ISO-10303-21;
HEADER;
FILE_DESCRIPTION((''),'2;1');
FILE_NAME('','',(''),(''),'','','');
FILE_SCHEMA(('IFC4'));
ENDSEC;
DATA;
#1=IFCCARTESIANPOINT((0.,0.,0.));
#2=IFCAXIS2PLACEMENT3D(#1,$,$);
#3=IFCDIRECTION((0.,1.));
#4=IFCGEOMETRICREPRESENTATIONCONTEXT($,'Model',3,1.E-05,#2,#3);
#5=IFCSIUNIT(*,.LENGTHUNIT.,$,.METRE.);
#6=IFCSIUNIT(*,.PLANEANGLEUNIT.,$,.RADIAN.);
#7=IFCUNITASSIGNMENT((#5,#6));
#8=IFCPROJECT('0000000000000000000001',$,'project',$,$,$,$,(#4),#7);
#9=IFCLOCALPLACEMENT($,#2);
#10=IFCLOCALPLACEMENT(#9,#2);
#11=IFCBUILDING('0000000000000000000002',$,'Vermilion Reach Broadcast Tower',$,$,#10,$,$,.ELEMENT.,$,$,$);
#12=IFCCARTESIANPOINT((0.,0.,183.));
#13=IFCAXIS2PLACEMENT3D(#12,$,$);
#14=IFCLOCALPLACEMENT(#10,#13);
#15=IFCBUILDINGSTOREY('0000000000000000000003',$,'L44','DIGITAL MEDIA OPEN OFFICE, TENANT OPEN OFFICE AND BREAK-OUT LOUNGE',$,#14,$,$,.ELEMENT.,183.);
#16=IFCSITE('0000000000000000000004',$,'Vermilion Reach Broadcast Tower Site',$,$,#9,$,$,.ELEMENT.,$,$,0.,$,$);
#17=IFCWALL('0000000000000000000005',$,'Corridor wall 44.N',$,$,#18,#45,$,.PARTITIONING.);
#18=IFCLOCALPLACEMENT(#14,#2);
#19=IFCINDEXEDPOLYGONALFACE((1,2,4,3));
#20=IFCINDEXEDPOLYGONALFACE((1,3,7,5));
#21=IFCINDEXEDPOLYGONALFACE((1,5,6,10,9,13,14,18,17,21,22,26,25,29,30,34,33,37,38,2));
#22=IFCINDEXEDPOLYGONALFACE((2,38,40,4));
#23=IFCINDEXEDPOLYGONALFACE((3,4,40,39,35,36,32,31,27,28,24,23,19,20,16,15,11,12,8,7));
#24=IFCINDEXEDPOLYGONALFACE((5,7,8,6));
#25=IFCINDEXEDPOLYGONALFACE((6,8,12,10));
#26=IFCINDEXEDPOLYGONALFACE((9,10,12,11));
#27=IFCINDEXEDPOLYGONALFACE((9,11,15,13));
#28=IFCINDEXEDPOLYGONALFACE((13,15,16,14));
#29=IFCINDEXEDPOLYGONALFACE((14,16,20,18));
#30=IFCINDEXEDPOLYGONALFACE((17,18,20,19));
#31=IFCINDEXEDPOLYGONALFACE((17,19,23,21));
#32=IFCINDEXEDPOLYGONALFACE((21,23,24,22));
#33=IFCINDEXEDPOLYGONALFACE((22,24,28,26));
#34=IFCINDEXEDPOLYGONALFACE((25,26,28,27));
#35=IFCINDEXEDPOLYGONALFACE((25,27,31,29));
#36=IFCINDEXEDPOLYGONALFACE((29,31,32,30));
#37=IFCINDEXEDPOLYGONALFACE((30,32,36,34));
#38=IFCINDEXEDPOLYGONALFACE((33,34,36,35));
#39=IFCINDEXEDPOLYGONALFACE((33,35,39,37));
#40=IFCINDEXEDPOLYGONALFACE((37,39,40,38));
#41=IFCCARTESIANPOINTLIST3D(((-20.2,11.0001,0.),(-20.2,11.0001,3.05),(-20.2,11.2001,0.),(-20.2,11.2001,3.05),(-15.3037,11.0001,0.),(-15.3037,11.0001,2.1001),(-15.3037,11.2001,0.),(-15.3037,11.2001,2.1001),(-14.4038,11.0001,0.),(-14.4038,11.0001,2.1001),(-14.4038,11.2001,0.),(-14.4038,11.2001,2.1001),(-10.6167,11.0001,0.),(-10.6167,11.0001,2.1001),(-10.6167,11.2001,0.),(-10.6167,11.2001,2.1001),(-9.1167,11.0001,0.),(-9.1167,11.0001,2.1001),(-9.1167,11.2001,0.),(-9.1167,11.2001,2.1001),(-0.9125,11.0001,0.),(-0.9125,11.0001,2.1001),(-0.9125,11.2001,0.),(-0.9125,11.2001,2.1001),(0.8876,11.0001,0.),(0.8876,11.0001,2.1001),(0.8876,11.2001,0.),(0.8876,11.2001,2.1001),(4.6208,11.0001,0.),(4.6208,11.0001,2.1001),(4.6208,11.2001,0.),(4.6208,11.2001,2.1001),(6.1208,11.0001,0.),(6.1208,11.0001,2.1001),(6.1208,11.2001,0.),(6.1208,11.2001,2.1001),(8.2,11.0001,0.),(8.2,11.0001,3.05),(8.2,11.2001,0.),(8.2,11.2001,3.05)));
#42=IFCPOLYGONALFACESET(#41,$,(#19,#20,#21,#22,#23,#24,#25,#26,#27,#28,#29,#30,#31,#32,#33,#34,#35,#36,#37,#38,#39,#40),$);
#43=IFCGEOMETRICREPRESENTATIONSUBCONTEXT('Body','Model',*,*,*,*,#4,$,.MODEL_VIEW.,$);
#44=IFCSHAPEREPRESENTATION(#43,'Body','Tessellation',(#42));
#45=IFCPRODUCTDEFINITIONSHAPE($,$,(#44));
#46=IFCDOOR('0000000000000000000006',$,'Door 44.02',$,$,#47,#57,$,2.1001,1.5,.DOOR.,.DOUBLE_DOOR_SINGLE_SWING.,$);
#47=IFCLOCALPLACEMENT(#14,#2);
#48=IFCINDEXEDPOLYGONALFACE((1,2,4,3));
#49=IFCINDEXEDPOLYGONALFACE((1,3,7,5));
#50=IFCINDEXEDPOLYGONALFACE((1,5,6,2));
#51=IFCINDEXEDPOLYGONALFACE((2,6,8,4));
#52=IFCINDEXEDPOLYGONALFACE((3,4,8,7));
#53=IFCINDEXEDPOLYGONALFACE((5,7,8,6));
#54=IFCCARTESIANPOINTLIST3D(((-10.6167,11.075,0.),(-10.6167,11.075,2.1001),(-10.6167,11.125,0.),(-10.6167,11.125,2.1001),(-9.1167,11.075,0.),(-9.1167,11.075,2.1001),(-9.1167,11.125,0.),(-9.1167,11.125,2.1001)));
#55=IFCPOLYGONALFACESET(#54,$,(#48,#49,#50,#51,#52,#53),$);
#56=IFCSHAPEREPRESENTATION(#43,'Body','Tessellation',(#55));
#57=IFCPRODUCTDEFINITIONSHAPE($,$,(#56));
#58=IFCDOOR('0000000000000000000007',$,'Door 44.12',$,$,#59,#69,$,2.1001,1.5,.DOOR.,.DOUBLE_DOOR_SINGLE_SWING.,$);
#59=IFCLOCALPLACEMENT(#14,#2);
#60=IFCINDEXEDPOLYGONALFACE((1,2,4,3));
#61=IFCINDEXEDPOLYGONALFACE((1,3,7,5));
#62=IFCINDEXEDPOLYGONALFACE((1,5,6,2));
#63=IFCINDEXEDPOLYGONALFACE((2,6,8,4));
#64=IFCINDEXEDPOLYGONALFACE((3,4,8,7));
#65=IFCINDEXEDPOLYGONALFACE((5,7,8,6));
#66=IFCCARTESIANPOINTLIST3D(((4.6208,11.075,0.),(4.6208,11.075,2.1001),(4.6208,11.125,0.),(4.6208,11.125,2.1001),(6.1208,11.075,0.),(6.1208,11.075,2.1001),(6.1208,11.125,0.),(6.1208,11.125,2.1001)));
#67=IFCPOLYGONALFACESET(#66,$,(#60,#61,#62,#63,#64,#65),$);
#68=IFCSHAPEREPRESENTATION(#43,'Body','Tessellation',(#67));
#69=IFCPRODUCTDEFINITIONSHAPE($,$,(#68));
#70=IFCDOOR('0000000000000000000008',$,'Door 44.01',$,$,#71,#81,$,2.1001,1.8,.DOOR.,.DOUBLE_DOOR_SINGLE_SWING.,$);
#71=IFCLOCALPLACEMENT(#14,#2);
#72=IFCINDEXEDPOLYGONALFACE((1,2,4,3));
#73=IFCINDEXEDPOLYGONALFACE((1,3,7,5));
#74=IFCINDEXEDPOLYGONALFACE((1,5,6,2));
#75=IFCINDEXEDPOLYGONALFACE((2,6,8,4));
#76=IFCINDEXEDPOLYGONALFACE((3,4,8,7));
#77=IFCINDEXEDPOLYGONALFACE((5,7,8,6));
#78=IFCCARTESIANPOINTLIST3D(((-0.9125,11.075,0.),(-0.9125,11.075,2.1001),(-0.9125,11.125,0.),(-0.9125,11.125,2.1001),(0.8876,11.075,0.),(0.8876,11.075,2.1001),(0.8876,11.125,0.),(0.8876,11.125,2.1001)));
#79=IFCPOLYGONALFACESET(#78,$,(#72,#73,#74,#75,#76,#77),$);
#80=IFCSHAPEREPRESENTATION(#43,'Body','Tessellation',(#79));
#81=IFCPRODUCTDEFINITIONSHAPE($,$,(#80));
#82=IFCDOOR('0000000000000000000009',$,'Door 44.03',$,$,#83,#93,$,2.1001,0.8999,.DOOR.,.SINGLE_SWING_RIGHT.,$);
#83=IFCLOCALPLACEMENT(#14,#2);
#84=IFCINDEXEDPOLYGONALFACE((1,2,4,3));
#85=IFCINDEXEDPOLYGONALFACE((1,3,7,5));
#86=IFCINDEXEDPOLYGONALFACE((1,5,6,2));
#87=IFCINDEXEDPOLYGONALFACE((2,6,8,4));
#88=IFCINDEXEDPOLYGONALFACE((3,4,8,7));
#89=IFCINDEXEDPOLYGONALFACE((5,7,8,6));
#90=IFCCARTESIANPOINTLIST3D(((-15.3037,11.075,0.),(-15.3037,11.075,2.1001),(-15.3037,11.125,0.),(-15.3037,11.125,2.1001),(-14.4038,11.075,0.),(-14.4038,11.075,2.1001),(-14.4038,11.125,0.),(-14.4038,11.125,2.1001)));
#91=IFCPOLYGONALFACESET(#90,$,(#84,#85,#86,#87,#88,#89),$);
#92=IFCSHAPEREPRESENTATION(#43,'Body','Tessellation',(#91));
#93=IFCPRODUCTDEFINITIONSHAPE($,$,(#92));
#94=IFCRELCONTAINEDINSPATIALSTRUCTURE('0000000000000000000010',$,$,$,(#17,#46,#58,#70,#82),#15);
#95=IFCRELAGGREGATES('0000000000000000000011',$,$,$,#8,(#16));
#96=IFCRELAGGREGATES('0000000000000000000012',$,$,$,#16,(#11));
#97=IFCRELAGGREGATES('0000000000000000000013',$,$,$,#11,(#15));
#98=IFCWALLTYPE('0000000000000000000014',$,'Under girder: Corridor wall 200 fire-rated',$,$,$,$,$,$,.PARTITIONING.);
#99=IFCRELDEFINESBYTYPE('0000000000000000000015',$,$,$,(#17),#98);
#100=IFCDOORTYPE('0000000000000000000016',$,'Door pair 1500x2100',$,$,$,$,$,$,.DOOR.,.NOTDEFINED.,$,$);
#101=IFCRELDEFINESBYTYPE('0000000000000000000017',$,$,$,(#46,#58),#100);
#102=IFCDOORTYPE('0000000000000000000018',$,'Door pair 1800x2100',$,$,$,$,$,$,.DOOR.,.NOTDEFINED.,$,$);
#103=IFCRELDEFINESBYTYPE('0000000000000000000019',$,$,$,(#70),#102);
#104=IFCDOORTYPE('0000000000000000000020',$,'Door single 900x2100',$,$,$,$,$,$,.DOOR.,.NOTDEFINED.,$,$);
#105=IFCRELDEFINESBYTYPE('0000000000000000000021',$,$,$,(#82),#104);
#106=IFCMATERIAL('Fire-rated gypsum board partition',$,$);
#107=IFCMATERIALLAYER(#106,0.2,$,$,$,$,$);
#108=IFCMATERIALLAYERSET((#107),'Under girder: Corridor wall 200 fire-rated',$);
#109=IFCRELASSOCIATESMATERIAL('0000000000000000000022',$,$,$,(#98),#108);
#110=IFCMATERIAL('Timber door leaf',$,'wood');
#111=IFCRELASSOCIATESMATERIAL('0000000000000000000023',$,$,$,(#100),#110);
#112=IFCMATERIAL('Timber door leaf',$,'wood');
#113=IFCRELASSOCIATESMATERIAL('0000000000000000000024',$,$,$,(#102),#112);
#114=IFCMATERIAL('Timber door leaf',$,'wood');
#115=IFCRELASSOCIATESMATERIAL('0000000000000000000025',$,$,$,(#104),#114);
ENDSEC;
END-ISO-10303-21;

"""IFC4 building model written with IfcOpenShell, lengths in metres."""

from ifc_helpers import new_model, si_unit, direction, frame, frame_2d, origin, place, context, subcontext, project, spatial, rectangle, extrude, material, layer, layer_set, type_object, element, fill, save


model = new_model("IFC4")

# Units and contexts
model_context = context("Model", 3, precision=1e-05, world=origin(), true_north=direction((0.0, 1.0)))
body_context = subcontext(model_context, "Body", "Model", "MODEL_VIEW")
ifc_project = project(units=[si_unit("LENGTHUNIT", "METRE"), si_unit("PLANEANGLEUNIT", "RADIAN")], contexts=[model_context])

# Site, building, storey
site_placement = place(None, origin())
site = spatial("IfcSite", under=ifc_project, at=site_placement, Name="Vermilion Reach Broadcast Tower Site", CompositionType="ELEMENT", RefElevation=0.0)
building_placement = place(site_placement, origin())
building = spatial("IfcBuilding", under=site, at=building_placement, Name="Vermilion Reach Broadcast Tower", CompositionType="ELEMENT")
storey_placement = place(building_placement, frame((0.0, 0.0, 183.0)))
storey = spatial("IfcBuildingStorey", under=building, at=storey_placement, Name="L44", Description="DIGITAL MEDIA OPEN OFFICE, TENANT OPEN OFFICE AND BREAK-OUT LOUNGE", CompositionType="ELEMENT", Elevation=183.0)

# Wall, openings, doors
ifc_material_1 = material(Name="Fire-rated gypsum board partition")
ifc_layer_1 = layer(ifc_material_1, 0.2)
ifc_layer_set_1 = layer_set([ifc_layer_1], Name="Under girder: Corridor wall 200 fire-rated")
wall_type_1 = type_object("IfcWallType", Name="Under girder: Corridor wall 200 fire-rated", PredefinedType="PARTITIONING", material=ifc_layer_set_1)
wall_1_placement = place(storey_placement, frame((-20.2, 11.1001, 0.0), z_axis=(0.0, 0.0, 1.0), x_axis=(1.0, 0.0, 0.0)))
wall_1 = element("IfcWall", 1, at=wall_1_placement, inside=storey, type_object=wall_type_1, Name="Corridor wall 44.N", PredefinedType="PARTITIONING", context=body_context, shape_type="SweptSolid", body=[
    extrude(rectangle(XDim=28.3999, YDim=0.2, at=frame_2d((14.2, 0.0))), origin(), (0.0, 0.0, 1.0), 3.05),
])
opening_1_placement = place(wall_1_placement, frame((19.2876, 0.0, 0.0)))
opening_1 = element("IfcOpeningElement", 2, at=opening_1_placement, cuts=wall_1, PredefinedType="OPENING", context=body_context, shape_type="SweptSolid", body=[
    extrude(rectangle(XDim=1.8, YDim=2.1001, at=frame_2d((0.8999, 1.05))), frame((0.0, 0.1099, 0.0), z_axis=(0.0, -1.0, 0.0), x_axis=(1.0, 0.0, 0.0)), (0.0, 0.0, 1.0), 0.22),
])
opening_2_placement = place(wall_1_placement, frame((9.5833, 0.0, 0.0)))
opening_2 = element("IfcOpeningElement", 3, at=opening_2_placement, cuts=wall_1, PredefinedType="OPENING", context=body_context, shape_type="SweptSolid", body=[
    extrude(rectangle(XDim=1.5, YDim=2.1001, at=frame_2d((0.75, 1.05))), frame((0.0, 0.1099, 0.0), z_axis=(0.0, -1.0, 0.0), x_axis=(1.0, 0.0, 0.0)), (0.0, 0.0, 1.0), 0.22),
])
opening_3_placement = place(wall_1_placement, frame((4.8962, 0.0, 0.0)))
opening_3 = element("IfcOpeningElement", 4, at=opening_3_placement, cuts=wall_1, PredefinedType="OPENING", context=body_context, shape_type="SweptSolid", body=[
    extrude(rectangle(XDim=0.8999, YDim=2.1001, at=frame_2d((0.45, 1.05))), frame((0.0, 0.1099, 0.0), z_axis=(0.0, -1.0, 0.0), x_axis=(1.0, 0.0, 0.0)), (0.0, 0.0, 1.0), 0.22),
])
opening_4_placement = place(wall_1_placement, frame((24.8208, 0.0, 0.0)))
opening_4 = element("IfcOpeningElement", 5, at=opening_4_placement, cuts=wall_1, PredefinedType="OPENING", context=body_context, shape_type="SweptSolid", body=[
    extrude(rectangle(XDim=1.5, YDim=2.1001, at=frame_2d((0.75, 1.05))), frame((0.0, 0.1099, 0.0), z_axis=(0.0, -1.0, 0.0), x_axis=(1.0, 0.0, 0.0)), (0.0, 0.0, 1.0), 0.22),
])
ifc_material_2 = material(Name="Timber door leaf", Category="wood")
door_type_1 = type_object("IfcDoorType", Name="Door pair 1500x2100", OperationType="NOTDEFINED", PredefinedType="DOOR", material=ifc_material_2)
door_1_placement = place(opening_2_placement, origin())
door_1 = element("IfcDoor", 6, at=door_1_placement, inside=storey, type_object=door_type_1, Name="Door 44.02", OperationType="DOUBLE_DOOR_SINGLE_SWING", OverallHeight=2.1001, OverallWidth=1.5, PredefinedType="DOOR", context=body_context, shape_type="SweptSolid", body=[
    extrude(rectangle(XDim=1.5, YDim=2.1001, at=frame_2d((0.75, 1.05))), frame((0.0, 0.0249, 0.0), z_axis=(0.0, -1.0, 0.0), x_axis=(1.0, 0.0, 0.0)), (0.0, 0.0, 1.0), 0.05),
])
fill(opening_2, door_1)
door_2_placement = place(opening_4_placement, origin())
door_2 = element("IfcDoor", 7, at=door_2_placement, inside=storey, type_object=door_type_1, Name="Door 44.12", OperationType="DOUBLE_DOOR_SINGLE_SWING", OverallHeight=2.1001, OverallWidth=1.5, PredefinedType="DOOR", context=body_context, shape_type="SweptSolid", body=[
    extrude(rectangle(XDim=1.5, YDim=2.1001, at=frame_2d((0.75, 1.05))), frame((0.0, 0.0249, 0.0), z_axis=(0.0, -1.0, 0.0), x_axis=(1.0, 0.0, 0.0)), (0.0, 0.0, 1.0), 0.05),
])
fill(opening_4, door_2)
ifc_material_3 = material(Name="Timber door leaf", Category="wood")
door_type_2 = type_object("IfcDoorType", Name="Door pair 1800x2100", OperationType="NOTDEFINED", PredefinedType="DOOR", material=ifc_material_3)
door_3_placement = place(opening_1_placement, origin())
door_3 = element("IfcDoor", 8, at=door_3_placement, inside=storey, type_object=door_type_2, Name="Door 44.01", OperationType="DOUBLE_DOOR_SINGLE_SWING", OverallHeight=2.1001, OverallWidth=1.8, PredefinedType="DOOR", context=body_context, shape_type="SweptSolid", body=[
    extrude(rectangle(XDim=1.8, YDim=2.1001, at=frame_2d((0.8999, 1.05))), frame((0.0, 0.0249, 0.0), z_axis=(0.0, -1.0, 0.0), x_axis=(1.0, 0.0, 0.0)), (0.0, 0.0, 1.0), 0.05),
])
fill(opening_1, door_3)
ifc_material_4 = material(Name="Timber door leaf", Category="wood")
door_type_3 = type_object("IfcDoorType", Name="Door single 900x2100", OperationType="NOTDEFINED", PredefinedType="DOOR", material=ifc_material_4)
door_4_placement = place(opening_3_placement, origin())
door_4 = element("IfcDoor", 9, at=door_4_placement, inside=storey, type_object=door_type_3, Name="Door 44.03", OperationType="SINGLE_SWING_RIGHT", OverallHeight=2.1001, OverallWidth=0.8999, PredefinedType="DOOR", context=body_context, shape_type="SweptSolid", body=[
    extrude(rectangle(XDim=0.8999, YDim=2.1001, at=frame_2d((0.45, 1.05))), frame((0.0, 0.0249, 0.0), z_axis=(0.0, -1.0, 0.0), x_axis=(1.0, 0.0, 0.0)), (0.0, 0.0, 1.0), 0.05),
])
fill(opening_3, door_4)

save(model, "model.ifc")
